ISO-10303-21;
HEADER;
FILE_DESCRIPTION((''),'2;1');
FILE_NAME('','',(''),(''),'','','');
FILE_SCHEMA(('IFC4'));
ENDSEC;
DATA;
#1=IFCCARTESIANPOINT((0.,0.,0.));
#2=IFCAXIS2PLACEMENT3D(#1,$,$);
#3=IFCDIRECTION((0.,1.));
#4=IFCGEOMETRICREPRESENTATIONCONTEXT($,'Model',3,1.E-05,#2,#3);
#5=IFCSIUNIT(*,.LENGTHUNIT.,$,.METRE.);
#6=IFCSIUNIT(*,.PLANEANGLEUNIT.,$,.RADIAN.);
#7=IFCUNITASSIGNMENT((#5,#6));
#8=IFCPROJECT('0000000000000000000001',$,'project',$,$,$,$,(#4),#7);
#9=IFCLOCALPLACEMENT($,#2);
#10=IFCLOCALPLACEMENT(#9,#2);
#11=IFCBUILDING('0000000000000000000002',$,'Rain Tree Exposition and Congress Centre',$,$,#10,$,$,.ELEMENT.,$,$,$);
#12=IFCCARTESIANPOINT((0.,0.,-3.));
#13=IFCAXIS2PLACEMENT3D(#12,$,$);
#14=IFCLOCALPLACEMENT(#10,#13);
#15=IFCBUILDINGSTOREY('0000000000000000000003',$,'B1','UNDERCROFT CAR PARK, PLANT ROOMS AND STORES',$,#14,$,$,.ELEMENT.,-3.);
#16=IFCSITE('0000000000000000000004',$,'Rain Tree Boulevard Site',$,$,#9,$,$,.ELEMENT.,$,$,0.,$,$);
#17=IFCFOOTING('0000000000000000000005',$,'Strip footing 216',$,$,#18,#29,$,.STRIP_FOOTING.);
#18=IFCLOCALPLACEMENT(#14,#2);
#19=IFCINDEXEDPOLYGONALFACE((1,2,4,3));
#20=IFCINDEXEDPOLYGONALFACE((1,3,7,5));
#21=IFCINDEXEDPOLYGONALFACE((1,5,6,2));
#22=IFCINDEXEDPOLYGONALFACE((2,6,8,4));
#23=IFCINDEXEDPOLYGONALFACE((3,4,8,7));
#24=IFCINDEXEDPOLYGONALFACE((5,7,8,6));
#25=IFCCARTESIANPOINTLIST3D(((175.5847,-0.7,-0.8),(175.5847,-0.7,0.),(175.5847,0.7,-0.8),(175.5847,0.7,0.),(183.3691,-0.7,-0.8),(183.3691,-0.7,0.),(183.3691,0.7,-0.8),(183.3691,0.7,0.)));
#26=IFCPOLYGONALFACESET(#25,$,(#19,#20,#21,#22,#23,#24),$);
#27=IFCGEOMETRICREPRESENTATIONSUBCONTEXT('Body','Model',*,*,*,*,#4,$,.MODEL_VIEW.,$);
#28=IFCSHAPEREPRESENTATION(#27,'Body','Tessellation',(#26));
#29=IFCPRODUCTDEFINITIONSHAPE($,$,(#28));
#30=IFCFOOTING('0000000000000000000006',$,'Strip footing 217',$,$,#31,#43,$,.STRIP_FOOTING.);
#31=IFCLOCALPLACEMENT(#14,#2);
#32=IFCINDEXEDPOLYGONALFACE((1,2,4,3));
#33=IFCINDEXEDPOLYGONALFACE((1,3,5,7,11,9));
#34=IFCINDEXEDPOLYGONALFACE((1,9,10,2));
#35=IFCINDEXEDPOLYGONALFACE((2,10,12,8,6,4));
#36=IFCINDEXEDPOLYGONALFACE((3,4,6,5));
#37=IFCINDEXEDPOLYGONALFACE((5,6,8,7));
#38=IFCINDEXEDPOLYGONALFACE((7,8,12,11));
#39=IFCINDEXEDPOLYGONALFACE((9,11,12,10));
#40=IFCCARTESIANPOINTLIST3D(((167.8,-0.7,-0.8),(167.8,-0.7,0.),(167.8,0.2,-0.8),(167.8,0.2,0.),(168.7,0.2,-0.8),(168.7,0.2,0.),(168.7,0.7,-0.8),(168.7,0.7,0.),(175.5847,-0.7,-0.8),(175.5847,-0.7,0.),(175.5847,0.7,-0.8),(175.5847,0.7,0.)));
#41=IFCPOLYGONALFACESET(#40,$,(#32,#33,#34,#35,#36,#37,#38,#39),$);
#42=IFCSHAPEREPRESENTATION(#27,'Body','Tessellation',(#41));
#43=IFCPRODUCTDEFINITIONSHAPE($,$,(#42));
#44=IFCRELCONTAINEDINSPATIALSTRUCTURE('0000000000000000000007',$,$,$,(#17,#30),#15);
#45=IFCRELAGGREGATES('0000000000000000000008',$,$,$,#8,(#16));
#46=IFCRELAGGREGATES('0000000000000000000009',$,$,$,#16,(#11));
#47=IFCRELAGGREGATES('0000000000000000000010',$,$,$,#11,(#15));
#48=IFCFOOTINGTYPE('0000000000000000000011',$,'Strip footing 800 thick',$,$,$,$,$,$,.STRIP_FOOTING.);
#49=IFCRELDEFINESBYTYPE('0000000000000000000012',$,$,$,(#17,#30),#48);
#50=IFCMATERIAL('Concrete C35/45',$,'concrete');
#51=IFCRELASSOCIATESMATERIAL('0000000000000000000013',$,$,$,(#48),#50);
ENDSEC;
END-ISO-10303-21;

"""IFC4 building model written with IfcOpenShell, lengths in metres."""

from ifc_helpers import new_model, si_unit, direction, frame, origin, place, context, subcontext, project, spatial, polyline, outline, extrude, material, type_object, element, save


model = new_model("IFC4")

# Units and contexts
model_context = context("Model", 3, precision=1e-05, world=origin(), true_north=direction((0.0, 1.0)))
body_context = subcontext(model_context, "Body", "Model", "MODEL_VIEW")
ifc_project = project(units=[si_unit("LENGTHUNIT", "METRE"), si_unit("PLANEANGLEUNIT", "RADIAN")], contexts=[model_context])

# Site, building, storey
site_placement = place(None, origin())
site = spatial("IfcSite", under=ifc_project, at=site_placement, Name="Rain Tree Boulevard Site", CompositionType="ELEMENT", RefElevation=0.0)
building_placement = place(site_placement, origin())
building = spatial("IfcBuilding", under=site, at=building_placement, Name="Rain Tree Exposition and Congress Centre", CompositionType="ELEMENT")
storey_placement = place(building_placement, frame((0.0, 0.0, -3.0)))
storey = spatial("IfcBuildingStorey", under=building, at=storey_placement, Name="B1", Description="UNDERCROFT CAR PARK, PLANT ROOMS AND STORES", CompositionType="ELEMENT", Elevation=-3.0)

# Footings
ifc_material_1 = material(Name="Concrete C35/45", Category="concrete")
footing_type_1 = type_object("IfcFootingType", Name="Strip footing 800 thick", PredefinedType="STRIP_FOOTING", material=ifc_material_1)
footing_1_placement = place(storey_placement, frame((0.0, 0.0, -0.8)))
element("IfcFooting", 1, at=footing_1_placement, inside=storey, type_object=footing_type_1, Name="Strip footing 216", PredefinedType="STRIP_FOOTING", context=body_context, shape_type="SweptSolid", body=[
    extrude(outline(polyline([(183.3691, 0.7), (175.5847, 0.7), (175.5847, -0.7), (183.3691, -0.7), (183.3691, 0.7)])), origin(), (0.0, 0.0, 1.0), 0.8),
])
footing_2_placement = place(storey_placement, frame((0.0, 0.0, -0.8)))
element("IfcFooting", 2, at=footing_2_placement, inside=storey, type_object=footing_type_1, Name="Strip footing 217", PredefinedType="STRIP_FOOTING", context=body_context, shape_type="SweptSolid", body=[
    extrude(outline(polyline([(175.5847, 0.7), (168.7, 0.7), (168.7, 0.2), (167.8, 0.2), (167.8, -0.7), (175.5847, -0.7), (175.5847, 0.7)])), origin(), (0.0, 0.0, 1.0), 0.8),
])

save(model, "model.ifc")
